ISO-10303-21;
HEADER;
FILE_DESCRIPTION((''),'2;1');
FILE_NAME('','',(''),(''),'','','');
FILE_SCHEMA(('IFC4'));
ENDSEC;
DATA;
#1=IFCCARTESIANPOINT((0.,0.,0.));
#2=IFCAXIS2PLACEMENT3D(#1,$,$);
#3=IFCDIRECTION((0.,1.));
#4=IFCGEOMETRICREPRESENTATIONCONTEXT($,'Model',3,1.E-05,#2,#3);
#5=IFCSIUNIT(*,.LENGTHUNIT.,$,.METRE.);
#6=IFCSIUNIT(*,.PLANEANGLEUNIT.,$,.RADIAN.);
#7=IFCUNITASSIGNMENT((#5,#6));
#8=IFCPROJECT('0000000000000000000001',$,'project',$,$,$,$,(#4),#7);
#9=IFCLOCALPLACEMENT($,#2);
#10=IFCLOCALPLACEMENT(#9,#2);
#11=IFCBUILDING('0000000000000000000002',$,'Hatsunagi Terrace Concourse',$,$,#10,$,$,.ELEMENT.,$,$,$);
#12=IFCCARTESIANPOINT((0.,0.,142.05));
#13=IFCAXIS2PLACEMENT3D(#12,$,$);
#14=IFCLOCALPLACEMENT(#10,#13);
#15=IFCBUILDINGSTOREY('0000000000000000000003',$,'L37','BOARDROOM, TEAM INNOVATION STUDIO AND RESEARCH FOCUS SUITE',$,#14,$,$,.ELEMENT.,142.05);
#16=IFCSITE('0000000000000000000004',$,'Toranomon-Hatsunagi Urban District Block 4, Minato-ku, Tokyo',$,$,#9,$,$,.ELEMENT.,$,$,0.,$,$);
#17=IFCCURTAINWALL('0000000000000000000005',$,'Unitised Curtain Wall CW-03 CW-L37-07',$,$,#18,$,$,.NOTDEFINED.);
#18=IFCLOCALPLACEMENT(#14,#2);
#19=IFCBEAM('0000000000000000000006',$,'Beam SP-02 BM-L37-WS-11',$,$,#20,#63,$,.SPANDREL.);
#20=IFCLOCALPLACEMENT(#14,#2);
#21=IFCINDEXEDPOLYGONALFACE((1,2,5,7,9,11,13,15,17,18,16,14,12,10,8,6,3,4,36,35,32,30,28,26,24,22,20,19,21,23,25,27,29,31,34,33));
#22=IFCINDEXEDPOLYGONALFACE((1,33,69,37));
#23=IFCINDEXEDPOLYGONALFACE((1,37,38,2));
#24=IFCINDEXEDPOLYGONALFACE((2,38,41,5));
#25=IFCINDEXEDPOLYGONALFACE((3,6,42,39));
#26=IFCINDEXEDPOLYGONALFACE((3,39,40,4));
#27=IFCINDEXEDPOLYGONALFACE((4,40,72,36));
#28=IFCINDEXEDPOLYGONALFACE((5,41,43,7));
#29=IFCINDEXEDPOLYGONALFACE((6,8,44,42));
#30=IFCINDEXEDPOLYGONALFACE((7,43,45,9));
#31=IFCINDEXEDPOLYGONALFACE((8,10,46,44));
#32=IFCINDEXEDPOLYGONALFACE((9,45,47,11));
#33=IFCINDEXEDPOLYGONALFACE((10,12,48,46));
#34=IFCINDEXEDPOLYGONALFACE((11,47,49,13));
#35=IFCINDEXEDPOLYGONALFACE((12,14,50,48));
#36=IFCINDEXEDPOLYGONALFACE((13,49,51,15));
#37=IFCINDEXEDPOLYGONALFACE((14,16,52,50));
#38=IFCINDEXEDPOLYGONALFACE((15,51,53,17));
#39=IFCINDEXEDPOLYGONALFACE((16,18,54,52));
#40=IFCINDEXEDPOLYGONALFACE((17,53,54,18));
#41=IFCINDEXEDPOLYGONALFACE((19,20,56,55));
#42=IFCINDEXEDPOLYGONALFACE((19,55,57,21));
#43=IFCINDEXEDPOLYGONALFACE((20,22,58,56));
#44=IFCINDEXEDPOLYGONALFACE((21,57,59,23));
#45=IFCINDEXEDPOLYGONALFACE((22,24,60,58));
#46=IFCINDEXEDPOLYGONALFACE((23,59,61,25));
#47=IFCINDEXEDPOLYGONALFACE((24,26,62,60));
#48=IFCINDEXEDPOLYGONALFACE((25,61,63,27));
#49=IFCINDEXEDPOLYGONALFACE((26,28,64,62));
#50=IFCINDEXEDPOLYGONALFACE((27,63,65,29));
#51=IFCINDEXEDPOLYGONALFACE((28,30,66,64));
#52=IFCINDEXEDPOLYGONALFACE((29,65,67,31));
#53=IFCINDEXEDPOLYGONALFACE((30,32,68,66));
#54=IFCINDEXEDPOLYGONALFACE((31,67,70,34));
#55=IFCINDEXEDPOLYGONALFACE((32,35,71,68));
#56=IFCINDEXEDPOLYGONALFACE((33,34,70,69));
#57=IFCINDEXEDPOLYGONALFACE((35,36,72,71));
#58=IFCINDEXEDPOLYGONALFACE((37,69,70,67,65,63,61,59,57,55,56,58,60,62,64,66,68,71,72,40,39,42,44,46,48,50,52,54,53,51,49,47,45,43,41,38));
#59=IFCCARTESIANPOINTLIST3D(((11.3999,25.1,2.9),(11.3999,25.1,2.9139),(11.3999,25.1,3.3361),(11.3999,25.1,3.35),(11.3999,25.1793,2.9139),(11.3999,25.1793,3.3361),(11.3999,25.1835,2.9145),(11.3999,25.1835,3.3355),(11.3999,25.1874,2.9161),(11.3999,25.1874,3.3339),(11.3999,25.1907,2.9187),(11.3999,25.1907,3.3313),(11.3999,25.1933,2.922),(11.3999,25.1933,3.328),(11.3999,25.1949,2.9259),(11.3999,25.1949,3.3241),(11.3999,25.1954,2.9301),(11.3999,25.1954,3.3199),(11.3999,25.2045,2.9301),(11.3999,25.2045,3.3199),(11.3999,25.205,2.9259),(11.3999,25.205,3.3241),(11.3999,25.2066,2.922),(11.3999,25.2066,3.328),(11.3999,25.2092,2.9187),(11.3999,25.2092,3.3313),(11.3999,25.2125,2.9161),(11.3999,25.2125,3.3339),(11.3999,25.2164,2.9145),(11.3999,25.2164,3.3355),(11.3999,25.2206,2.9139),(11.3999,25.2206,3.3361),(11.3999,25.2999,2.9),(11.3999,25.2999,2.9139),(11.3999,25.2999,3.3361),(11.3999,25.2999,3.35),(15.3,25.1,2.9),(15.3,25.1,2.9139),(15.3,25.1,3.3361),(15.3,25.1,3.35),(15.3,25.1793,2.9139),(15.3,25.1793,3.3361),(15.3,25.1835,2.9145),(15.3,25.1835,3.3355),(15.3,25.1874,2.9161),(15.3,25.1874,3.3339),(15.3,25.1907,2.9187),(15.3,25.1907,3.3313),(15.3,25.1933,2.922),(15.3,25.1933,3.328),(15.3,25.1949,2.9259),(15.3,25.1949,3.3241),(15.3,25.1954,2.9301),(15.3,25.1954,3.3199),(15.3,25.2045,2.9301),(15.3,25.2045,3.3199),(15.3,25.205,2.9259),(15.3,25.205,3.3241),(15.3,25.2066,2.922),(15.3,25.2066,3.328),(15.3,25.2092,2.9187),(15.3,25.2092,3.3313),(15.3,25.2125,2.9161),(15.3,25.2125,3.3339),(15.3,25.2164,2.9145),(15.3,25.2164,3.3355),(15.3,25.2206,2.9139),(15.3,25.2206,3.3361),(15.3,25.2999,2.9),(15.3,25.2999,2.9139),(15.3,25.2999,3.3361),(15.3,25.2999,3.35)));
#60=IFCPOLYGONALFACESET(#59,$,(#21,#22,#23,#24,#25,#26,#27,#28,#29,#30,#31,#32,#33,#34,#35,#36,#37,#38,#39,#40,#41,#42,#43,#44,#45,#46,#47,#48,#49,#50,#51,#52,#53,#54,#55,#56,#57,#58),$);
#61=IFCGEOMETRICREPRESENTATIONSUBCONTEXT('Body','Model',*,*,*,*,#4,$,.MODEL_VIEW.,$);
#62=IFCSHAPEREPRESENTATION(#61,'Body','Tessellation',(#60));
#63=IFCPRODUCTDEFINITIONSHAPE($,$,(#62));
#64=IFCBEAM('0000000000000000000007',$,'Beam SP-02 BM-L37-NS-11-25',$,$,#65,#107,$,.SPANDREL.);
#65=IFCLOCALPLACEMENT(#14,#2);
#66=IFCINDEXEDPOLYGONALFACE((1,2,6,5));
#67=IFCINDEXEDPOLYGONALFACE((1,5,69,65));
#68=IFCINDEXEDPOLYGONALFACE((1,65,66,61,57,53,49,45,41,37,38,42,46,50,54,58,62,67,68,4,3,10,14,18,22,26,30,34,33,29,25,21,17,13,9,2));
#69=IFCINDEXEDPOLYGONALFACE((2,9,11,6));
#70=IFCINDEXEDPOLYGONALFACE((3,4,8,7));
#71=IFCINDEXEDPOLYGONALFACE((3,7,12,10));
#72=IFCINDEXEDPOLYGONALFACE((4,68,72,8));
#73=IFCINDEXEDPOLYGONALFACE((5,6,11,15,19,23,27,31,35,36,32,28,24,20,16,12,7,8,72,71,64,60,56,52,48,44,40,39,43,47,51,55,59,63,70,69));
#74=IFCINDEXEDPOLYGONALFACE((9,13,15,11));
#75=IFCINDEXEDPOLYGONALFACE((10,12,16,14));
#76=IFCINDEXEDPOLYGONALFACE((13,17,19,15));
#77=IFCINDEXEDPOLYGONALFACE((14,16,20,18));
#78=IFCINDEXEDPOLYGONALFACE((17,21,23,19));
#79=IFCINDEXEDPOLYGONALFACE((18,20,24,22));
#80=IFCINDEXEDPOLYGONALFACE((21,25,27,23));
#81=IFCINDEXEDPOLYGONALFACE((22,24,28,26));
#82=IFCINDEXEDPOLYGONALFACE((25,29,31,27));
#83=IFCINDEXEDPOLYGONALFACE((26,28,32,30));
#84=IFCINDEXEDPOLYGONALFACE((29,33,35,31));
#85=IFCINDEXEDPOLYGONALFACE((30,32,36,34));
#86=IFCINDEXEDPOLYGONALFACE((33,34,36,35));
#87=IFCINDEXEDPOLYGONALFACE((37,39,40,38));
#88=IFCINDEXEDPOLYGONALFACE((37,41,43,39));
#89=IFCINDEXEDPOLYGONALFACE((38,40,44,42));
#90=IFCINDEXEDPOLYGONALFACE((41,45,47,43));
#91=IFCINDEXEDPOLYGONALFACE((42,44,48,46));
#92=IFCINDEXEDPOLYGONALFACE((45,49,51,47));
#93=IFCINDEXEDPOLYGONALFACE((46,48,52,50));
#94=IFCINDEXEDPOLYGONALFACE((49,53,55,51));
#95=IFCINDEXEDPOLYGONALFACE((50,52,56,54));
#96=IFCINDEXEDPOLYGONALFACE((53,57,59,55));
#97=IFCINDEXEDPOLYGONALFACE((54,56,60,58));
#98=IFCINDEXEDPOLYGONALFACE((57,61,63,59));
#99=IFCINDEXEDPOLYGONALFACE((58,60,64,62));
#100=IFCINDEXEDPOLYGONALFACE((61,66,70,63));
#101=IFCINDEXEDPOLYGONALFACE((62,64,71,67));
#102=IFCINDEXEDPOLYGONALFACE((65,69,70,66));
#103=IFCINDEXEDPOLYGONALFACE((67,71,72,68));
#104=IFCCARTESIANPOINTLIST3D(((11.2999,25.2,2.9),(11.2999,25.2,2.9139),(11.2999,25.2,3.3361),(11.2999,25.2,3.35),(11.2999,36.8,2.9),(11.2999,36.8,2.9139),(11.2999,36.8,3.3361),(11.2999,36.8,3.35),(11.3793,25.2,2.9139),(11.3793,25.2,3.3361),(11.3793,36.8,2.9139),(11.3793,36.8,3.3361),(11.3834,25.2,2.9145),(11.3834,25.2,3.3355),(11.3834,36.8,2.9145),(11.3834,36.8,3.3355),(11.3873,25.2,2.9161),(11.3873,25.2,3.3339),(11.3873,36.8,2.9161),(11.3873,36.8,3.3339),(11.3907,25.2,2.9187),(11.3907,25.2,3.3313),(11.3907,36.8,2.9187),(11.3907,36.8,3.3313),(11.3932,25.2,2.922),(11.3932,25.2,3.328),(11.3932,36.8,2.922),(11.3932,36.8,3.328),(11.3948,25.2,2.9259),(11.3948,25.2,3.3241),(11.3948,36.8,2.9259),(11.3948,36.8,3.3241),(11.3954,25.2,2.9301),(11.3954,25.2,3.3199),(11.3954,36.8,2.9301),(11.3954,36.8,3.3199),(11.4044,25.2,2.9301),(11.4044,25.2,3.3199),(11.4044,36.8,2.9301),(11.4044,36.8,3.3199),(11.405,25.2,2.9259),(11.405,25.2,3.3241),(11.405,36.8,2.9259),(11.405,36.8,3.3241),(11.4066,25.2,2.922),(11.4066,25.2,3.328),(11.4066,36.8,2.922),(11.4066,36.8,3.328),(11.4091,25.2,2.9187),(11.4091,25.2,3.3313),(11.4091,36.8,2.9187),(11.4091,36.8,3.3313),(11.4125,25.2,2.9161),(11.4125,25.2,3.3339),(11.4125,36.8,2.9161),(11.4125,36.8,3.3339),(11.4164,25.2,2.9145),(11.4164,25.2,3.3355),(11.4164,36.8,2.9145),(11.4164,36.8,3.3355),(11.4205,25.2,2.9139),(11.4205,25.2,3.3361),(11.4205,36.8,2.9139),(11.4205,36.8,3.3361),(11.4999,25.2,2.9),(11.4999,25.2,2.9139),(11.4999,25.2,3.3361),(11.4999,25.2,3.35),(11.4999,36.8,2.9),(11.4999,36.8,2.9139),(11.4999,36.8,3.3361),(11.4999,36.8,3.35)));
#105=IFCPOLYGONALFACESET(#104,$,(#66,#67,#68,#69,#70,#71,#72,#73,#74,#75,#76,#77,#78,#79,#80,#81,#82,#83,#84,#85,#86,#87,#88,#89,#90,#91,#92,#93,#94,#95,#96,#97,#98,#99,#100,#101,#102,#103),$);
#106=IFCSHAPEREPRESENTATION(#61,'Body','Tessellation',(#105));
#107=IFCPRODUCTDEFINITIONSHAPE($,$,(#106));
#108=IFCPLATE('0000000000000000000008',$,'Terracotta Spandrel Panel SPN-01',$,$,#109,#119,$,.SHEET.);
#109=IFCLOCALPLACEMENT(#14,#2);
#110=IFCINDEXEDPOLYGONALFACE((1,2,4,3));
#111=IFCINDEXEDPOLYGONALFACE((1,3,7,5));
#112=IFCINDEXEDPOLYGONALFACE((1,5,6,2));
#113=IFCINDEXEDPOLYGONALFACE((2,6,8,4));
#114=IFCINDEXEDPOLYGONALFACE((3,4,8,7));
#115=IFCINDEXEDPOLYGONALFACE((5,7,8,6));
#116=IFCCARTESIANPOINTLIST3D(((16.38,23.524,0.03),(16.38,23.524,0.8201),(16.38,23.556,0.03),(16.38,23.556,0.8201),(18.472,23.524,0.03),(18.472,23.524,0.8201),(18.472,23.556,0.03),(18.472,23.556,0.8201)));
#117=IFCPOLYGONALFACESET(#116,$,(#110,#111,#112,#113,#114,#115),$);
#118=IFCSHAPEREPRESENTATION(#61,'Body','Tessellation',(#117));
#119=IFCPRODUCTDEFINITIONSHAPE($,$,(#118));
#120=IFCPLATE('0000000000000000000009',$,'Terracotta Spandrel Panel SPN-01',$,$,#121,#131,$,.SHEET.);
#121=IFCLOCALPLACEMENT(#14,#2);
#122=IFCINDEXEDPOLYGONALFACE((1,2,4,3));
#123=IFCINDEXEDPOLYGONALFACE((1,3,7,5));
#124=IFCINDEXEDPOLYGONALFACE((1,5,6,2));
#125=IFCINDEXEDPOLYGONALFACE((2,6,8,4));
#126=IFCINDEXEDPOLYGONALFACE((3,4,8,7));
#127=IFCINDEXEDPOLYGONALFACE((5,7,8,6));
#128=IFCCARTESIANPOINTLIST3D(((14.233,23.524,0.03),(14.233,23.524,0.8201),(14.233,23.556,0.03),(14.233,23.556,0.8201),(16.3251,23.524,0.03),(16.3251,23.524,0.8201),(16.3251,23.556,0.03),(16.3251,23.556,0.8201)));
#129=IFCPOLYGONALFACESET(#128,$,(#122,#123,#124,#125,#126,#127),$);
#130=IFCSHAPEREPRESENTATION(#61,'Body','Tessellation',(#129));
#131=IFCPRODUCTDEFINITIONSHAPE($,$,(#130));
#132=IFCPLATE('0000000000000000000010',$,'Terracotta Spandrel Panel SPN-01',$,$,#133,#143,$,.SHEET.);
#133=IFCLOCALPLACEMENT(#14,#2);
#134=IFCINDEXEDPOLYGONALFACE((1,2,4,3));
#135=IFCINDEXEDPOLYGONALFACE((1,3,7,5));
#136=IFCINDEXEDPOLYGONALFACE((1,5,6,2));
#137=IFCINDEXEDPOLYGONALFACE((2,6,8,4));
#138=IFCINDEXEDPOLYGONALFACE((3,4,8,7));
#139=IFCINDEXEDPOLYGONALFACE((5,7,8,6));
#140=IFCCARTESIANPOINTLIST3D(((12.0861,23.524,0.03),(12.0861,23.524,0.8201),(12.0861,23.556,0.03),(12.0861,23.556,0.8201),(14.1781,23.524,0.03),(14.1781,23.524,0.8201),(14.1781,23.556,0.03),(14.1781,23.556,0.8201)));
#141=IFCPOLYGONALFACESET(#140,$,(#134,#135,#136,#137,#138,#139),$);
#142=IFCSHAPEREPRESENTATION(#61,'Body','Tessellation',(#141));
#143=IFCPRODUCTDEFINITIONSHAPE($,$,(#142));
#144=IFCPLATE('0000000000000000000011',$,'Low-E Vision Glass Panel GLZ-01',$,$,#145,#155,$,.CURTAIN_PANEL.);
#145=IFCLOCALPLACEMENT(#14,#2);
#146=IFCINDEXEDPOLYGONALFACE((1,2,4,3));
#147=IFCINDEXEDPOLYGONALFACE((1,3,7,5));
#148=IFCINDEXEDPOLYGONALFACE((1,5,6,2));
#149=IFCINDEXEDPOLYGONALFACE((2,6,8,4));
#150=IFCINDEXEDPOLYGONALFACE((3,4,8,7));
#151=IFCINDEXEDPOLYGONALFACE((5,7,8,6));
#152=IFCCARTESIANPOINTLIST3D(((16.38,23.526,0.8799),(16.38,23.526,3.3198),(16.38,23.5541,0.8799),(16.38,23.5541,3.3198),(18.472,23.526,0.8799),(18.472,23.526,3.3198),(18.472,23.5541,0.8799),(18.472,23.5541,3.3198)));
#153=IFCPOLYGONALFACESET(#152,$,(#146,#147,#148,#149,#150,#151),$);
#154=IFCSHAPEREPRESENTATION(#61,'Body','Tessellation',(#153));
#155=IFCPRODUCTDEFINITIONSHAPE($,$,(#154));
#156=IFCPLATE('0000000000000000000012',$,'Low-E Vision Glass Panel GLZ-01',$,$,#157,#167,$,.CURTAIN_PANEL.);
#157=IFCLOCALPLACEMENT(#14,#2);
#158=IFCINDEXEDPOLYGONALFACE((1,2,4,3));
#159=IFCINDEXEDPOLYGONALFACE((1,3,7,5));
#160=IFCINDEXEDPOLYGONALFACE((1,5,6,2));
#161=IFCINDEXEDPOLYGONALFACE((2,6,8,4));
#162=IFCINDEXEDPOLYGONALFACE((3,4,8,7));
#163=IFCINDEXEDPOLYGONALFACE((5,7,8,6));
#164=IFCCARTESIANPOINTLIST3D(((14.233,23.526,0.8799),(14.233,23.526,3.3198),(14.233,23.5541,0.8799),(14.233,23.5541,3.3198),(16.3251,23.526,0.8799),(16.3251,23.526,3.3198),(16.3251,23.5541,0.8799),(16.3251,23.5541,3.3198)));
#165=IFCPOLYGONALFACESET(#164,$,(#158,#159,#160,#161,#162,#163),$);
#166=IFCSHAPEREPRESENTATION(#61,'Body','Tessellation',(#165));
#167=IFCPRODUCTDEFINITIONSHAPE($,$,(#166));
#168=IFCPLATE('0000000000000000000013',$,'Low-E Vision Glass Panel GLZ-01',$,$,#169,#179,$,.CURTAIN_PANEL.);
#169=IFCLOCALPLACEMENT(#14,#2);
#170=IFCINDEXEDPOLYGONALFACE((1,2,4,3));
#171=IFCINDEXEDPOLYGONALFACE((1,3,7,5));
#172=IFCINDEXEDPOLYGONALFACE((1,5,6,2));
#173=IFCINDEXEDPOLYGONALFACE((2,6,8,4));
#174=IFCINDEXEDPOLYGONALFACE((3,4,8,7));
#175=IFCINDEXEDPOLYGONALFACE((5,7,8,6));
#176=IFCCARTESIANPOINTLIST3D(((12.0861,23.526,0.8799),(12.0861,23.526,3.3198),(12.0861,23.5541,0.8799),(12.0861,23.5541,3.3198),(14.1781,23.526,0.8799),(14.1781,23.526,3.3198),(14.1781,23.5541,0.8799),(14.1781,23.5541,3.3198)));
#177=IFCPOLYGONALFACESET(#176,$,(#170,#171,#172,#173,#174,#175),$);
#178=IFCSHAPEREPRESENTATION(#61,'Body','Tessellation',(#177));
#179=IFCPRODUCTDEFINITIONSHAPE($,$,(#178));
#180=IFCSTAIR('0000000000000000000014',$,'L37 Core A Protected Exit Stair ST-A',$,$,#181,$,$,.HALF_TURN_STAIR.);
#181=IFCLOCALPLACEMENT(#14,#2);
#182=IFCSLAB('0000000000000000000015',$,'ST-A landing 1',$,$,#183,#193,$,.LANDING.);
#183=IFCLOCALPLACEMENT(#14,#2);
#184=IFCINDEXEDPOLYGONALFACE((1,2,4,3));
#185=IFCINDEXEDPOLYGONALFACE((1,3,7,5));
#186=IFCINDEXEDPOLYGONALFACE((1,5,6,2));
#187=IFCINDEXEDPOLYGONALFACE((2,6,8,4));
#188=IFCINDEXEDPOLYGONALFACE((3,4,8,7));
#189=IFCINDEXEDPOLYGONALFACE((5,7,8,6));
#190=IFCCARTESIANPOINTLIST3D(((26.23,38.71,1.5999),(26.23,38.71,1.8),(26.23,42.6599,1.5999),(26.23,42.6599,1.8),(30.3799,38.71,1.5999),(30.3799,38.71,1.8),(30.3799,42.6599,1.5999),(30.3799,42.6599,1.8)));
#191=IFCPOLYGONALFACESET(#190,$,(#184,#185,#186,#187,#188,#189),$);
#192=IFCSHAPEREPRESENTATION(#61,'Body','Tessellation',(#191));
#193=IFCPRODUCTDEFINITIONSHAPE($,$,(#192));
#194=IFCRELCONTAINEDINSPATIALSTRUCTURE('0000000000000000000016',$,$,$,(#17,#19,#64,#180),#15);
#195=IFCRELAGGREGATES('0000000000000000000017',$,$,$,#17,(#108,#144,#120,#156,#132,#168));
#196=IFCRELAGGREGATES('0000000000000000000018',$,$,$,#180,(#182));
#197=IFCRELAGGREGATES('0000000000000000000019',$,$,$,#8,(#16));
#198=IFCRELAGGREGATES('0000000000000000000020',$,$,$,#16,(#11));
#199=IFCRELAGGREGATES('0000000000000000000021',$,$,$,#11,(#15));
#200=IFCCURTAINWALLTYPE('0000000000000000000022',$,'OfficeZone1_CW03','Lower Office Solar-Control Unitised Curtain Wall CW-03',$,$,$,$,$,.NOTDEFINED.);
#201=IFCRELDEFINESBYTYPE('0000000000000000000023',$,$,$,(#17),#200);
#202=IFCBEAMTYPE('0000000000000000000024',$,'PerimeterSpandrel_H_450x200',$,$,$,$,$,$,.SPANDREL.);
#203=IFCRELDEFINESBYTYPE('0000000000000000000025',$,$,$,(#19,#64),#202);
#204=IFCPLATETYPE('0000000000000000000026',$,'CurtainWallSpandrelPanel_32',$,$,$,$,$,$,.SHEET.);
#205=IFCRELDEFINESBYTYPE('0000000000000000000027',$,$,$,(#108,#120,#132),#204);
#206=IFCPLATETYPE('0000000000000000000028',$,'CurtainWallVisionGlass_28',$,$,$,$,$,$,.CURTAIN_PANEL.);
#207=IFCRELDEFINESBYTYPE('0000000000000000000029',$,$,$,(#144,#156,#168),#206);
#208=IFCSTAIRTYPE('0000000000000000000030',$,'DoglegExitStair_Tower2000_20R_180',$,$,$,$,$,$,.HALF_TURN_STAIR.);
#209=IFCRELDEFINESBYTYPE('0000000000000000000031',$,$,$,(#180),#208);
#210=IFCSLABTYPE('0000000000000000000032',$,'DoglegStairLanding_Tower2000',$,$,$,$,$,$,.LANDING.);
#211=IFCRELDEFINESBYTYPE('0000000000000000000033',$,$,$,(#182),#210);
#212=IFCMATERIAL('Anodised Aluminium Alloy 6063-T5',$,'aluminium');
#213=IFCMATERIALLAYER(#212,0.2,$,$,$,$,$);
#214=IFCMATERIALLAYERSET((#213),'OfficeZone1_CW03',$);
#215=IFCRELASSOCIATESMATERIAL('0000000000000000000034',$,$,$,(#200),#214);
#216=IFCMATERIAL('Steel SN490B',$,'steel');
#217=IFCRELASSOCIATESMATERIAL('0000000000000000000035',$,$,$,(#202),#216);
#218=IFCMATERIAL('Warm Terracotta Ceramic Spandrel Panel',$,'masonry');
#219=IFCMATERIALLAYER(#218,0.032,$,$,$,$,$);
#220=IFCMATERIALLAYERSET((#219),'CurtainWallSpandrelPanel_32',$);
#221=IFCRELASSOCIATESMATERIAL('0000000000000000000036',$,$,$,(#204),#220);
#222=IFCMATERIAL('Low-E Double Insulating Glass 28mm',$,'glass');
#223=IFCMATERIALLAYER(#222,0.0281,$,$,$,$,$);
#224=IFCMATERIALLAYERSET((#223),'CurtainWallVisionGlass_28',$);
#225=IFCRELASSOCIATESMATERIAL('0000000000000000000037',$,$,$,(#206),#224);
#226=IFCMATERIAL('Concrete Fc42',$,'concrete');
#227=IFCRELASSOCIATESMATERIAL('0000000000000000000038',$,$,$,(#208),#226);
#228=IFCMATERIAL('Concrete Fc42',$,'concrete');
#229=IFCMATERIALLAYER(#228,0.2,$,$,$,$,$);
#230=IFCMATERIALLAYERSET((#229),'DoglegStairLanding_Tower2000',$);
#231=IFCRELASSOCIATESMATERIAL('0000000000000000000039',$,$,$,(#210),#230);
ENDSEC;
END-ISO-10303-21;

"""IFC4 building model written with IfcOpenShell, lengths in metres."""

from ifc_helpers import new_model, si_unit, direction, frame, origin, origin_2d, place, context, subcontext, project, spatial, polyline, rectangle, i_section, outline, extrude, material, layer, layer_set, material_profile, profile_set, type_object, element, aggregate, save


model = new_model("IFC4")

# Units and contexts
model_context = context("Model", 3, precision=1e-05, world=origin(), true_north=direction((0.0, 1.0)))
body_context = subcontext(model_context, "Body", "Model", "MODEL_VIEW")
ifc_project = project(units=[si_unit("LENGTHUNIT", "METRE"), si_unit("PLANEANGLEUNIT", "RADIAN")], contexts=[model_context])

# Site, building, storey
site_placement = place(None, origin())
site = spatial("IfcSite", under=ifc_project, at=site_placement, Name="Toranomon-Hatsunagi Urban District Block 4, Minato-ku, Tokyo", CompositionType="ELEMENT", RefElevation=0.0)
building_placement = place(site_placement, origin())
building = spatial("IfcBuilding", under=site, at=building_placement, Name="Hatsunagi Terrace Concourse", CompositionType="ELEMENT")
storey_placement = place(building_placement, frame((0.0, 0.0, 142.05)))
storey = spatial("IfcBuildingStorey", under=building, at=storey_placement, Name="L37", Description="BOARDROOM, TEAM INNOVATION STUDIO AND RESEARCH FOCUS SUITE", CompositionType="ELEMENT", Elevation=142.05)

# Curtain wall
ifc_material_1 = material(Name="Anodised Aluminium Alloy 6063-T5", Category="aluminium")
ifc_layer_1 = layer(ifc_material_1, 0.2)
ifc_layer_set_1 = layer_set([ifc_layer_1], Name="OfficeZone1_CW03")
curtain_wall_type = type_object("IfcCurtainWallType", Name="OfficeZone1_CW03", Description="Lower Office Solar-Control Unitised Curtain Wall CW-03", PredefinedType="NOTDEFINED", material=ifc_layer_set_1)
curtain_wall_placement = place(storey_placement, origin())
curtain_wall = element("IfcCurtainWall", 1, at=curtain_wall_placement, inside=storey, type_object=curtain_wall_type, Name="Unitised Curtain Wall CW-03 CW-L37-07", PredefinedType="NOTDEFINED")

# Beams
ifc_material_2 = material(Name="Steel SN490B", Category="steel")
ifc_material_profile_1 = material_profile(ifc_material_2, i_section(OverallWidth=0.2, OverallDepth=0.45, WebThickness=0.009, FlangeThickness=0.0139, FilletRadius=0.0161, at=origin_2d()), Name="H-450x200x9x14")
ifc_profile_set_1 = profile_set([ifc_material_profile_1], Name="Steel SN490B")
beam_type = type_object("IfcBeamType", Name="PerimeterSpandrel_H_450x200", PredefinedType="SPANDREL", material=ifc_profile_set_1)
beam_1_placement = place(storey_placement, frame((11.3999, 25.2, 3.125), z_axis=(1.0, 0.0, 0.0), x_axis=(0.0, 1.0, 0.0)))
element("IfcBeam", 2, at=beam_1_placement, inside=storey, type_object=beam_type, Name="Beam SP-02 BM-L37-WS-11", PredefinedType="SPANDREL", context=body_context, shape_type="SweptSolid", body=[
    extrude(i_section(OverallWidth=0.2, OverallDepth=0.45, WebThickness=0.009, FlangeThickness=0.0139, FilletRadius=0.0161, at=origin_2d()), origin(), (0.0, 0.0, 1.0), 3.9001),
])
beam_2_placement = place(storey_placement, frame((11.3999, 25.2, 3.125), z_axis=(0.0, 1.0, 0.0), x_axis=(-1.0, 0.0, 0.0)))
element("IfcBeam", 3, at=beam_2_placement, inside=storey, type_object=beam_type, Name="Beam SP-02 BM-L37-NS-11-25", PredefinedType="SPANDREL", context=body_context, shape_type="SweptSolid", body=[
    extrude(i_section(OverallWidth=0.2, OverallDepth=0.45, WebThickness=0.009, FlangeThickness=0.0139, FilletRadius=0.0161, at=origin_2d()), origin(), (0.0, 0.0, 1.0), 11.6001),
])

# Plates
ifc_material_3 = material(Name="Warm Terracotta Ceramic Spandrel Panel", Category="masonry")
ifc_layer_2 = layer(ifc_material_3, 0.032)
ifc_layer_set_2 = layer_set([ifc_layer_2], Name="CurtainWallSpandrelPanel_32")
plate_type_1 = type_object("IfcPlateType", Name="CurtainWallSpandrelPanel_32", PredefinedType="SHEET", material=ifc_layer_set_2)
plate_1_placement = place(storey_placement, frame((17.426, 23.54, 0.03), z_axis=(0.0, 0.0, 1.0), x_axis=(-1.0, 0.0, 0.0)))
plate_1 = element("IfcPlate", 4, at=plate_1_placement, type_object=plate_type_1, Name="Terracotta Spandrel Panel SPN-01", PredefinedType="SHEET", context=body_context, shape_type="SweptSolid", body=[
    extrude(rectangle(XDim=2.092, YDim=0.032, at=origin_2d()), origin(), (0.0, 0.0, 1.0), 0.79),
])
plate_2_placement = place(storey_placement, frame((15.2791, 23.54, 0.03), z_axis=(0.0, 0.0, 1.0), x_axis=(-1.0, 0.0, 0.0)))
plate_2 = element("IfcPlate", 5, at=plate_2_placement, type_object=plate_type_1, Name="Terracotta Spandrel Panel SPN-01", PredefinedType="SHEET", context=body_context, shape_type="SweptSolid", body=[
    extrude(rectangle(XDim=2.092, YDim=0.032, at=origin_2d()), origin(), (0.0, 0.0, 1.0), 0.79),
])
plate_3_placement = place(storey_placement, frame((13.1321, 23.54, 0.03), z_axis=(0.0, 0.0, 1.0), x_axis=(-1.0, 0.0, 0.0)))
plate_3 = element("IfcPlate", 6, at=plate_3_placement, type_object=plate_type_1, Name="Terracotta Spandrel Panel SPN-01", PredefinedType="SHEET", context=body_context, shape_type="SweptSolid", body=[
    extrude(rectangle(XDim=2.092, YDim=0.032, at=origin_2d()), origin(), (0.0, 0.0, 1.0), 0.79),
])
ifc_material_4 = material(Name="Low-E Double Insulating Glass 28mm", Category="glass")
ifc_layer_3 = layer(ifc_material_4, 0.0281)
ifc_layer_set_3 = layer_set([ifc_layer_3], Name="CurtainWallVisionGlass_28")
plate_type_2 = type_object("IfcPlateType", Name="CurtainWallVisionGlass_28", PredefinedType="CURTAIN_PANEL", material=ifc_layer_set_3)
plate_4_placement = place(storey_placement, frame((17.426, 23.54, 0.8799), z_axis=(0.0, 0.0, 1.0), x_axis=(-1.0, 0.0, 0.0)))
plate_4 = element("IfcPlate", 7, at=plate_4_placement, type_object=plate_type_2, Name="Low-E Vision Glass Panel GLZ-01", PredefinedType="CURTAIN_PANEL", context=body_context, shape_type="SweptSolid", body=[
    extrude(rectangle(XDim=2.092, YDim=0.0281, at=origin_2d()), origin(), (0.0, 0.0, 1.0), 2.4399),
])
plate_5_placement = place(storey_placement, frame((15.2791, 23.54, 0.8799), z_axis=(0.0, 0.0, 1.0), x_axis=(-1.0, 0.0, 0.0)))
plate_5 = element("IfcPlate", 8, at=plate_5_placement, type_object=plate_type_2, Name="Low-E Vision Glass Panel GLZ-01", PredefinedType="CURTAIN_PANEL", context=body_context, shape_type="SweptSolid", body=[
    extrude(rectangle(XDim=2.092, YDim=0.0281, at=origin_2d()), origin(), (0.0, 0.0, 1.0), 2.4399),
])
plate_6_placement = place(storey_placement, frame((13.1321, 23.54, 0.8799), z_axis=(0.0, 0.0, 1.0), x_axis=(-1.0, 0.0, 0.0)))
plate_6 = element("IfcPlate", 9, at=plate_6_placement, type_object=plate_type_2, Name="Low-E Vision Glass Panel GLZ-01", PredefinedType="CURTAIN_PANEL", context=body_context, shape_type="SweptSolid", body=[
    extrude(rectangle(XDim=2.092, YDim=0.0281, at=origin_2d()), origin(), (0.0, 0.0, 1.0), 2.4399),
])
aggregate(curtain_wall, [plate_1, plate_4, plate_2, plate_5, plate_3, plate_6])

# Stair, slab
ifc_material_5 = material(Name="Concrete Fc42", Category="concrete")
stair_type = type_object("IfcStairType", Name="DoglegExitStair_Tower2000_20R_180", PredefinedType="HALF_TURN_STAIR", material=ifc_material_5)
stair_1_placement = place(storey_placement, origin())
stair_1 = element("IfcStair", 10, at=stair_1_placement, inside=storey, type_object=stair_type, Name="L37 Core A Protected Exit Stair ST-A", PredefinedType="HALF_TURN_STAIR")
ifc_material_6 = material(Name="Concrete Fc42", Category="concrete")
ifc_layer_4 = layer(ifc_material_6, 0.2)
ifc_layer_set_4 = layer_set([ifc_layer_4], Name="DoglegStairLanding_Tower2000")
slab_type_1 = type_object("IfcSlabType", Name="DoglegStairLanding_Tower2000", PredefinedType="LANDING", material=ifc_layer_set_4)
slab_1_placement = place(storey_placement, frame((0.0, 0.0, 1.5999)))
slab_1 = element("IfcSlab", 11, at=slab_1_placement, type_object=slab_type_1, Name="ST-A landing 1", PredefinedType="LANDING", context=body_context, shape_type="SweptSolid", body=[
    extrude(outline(polyline([(30.3799, 38.71), (30.3799, 42.6599), (26.23, 42.6599), (26.23, 38.71), (30.3799, 38.71)])), origin(), (0.0, 0.0, 1.0), 0.2002),
])
aggregate(stair_1, [slab_1])

save(model, "model.ifc")
